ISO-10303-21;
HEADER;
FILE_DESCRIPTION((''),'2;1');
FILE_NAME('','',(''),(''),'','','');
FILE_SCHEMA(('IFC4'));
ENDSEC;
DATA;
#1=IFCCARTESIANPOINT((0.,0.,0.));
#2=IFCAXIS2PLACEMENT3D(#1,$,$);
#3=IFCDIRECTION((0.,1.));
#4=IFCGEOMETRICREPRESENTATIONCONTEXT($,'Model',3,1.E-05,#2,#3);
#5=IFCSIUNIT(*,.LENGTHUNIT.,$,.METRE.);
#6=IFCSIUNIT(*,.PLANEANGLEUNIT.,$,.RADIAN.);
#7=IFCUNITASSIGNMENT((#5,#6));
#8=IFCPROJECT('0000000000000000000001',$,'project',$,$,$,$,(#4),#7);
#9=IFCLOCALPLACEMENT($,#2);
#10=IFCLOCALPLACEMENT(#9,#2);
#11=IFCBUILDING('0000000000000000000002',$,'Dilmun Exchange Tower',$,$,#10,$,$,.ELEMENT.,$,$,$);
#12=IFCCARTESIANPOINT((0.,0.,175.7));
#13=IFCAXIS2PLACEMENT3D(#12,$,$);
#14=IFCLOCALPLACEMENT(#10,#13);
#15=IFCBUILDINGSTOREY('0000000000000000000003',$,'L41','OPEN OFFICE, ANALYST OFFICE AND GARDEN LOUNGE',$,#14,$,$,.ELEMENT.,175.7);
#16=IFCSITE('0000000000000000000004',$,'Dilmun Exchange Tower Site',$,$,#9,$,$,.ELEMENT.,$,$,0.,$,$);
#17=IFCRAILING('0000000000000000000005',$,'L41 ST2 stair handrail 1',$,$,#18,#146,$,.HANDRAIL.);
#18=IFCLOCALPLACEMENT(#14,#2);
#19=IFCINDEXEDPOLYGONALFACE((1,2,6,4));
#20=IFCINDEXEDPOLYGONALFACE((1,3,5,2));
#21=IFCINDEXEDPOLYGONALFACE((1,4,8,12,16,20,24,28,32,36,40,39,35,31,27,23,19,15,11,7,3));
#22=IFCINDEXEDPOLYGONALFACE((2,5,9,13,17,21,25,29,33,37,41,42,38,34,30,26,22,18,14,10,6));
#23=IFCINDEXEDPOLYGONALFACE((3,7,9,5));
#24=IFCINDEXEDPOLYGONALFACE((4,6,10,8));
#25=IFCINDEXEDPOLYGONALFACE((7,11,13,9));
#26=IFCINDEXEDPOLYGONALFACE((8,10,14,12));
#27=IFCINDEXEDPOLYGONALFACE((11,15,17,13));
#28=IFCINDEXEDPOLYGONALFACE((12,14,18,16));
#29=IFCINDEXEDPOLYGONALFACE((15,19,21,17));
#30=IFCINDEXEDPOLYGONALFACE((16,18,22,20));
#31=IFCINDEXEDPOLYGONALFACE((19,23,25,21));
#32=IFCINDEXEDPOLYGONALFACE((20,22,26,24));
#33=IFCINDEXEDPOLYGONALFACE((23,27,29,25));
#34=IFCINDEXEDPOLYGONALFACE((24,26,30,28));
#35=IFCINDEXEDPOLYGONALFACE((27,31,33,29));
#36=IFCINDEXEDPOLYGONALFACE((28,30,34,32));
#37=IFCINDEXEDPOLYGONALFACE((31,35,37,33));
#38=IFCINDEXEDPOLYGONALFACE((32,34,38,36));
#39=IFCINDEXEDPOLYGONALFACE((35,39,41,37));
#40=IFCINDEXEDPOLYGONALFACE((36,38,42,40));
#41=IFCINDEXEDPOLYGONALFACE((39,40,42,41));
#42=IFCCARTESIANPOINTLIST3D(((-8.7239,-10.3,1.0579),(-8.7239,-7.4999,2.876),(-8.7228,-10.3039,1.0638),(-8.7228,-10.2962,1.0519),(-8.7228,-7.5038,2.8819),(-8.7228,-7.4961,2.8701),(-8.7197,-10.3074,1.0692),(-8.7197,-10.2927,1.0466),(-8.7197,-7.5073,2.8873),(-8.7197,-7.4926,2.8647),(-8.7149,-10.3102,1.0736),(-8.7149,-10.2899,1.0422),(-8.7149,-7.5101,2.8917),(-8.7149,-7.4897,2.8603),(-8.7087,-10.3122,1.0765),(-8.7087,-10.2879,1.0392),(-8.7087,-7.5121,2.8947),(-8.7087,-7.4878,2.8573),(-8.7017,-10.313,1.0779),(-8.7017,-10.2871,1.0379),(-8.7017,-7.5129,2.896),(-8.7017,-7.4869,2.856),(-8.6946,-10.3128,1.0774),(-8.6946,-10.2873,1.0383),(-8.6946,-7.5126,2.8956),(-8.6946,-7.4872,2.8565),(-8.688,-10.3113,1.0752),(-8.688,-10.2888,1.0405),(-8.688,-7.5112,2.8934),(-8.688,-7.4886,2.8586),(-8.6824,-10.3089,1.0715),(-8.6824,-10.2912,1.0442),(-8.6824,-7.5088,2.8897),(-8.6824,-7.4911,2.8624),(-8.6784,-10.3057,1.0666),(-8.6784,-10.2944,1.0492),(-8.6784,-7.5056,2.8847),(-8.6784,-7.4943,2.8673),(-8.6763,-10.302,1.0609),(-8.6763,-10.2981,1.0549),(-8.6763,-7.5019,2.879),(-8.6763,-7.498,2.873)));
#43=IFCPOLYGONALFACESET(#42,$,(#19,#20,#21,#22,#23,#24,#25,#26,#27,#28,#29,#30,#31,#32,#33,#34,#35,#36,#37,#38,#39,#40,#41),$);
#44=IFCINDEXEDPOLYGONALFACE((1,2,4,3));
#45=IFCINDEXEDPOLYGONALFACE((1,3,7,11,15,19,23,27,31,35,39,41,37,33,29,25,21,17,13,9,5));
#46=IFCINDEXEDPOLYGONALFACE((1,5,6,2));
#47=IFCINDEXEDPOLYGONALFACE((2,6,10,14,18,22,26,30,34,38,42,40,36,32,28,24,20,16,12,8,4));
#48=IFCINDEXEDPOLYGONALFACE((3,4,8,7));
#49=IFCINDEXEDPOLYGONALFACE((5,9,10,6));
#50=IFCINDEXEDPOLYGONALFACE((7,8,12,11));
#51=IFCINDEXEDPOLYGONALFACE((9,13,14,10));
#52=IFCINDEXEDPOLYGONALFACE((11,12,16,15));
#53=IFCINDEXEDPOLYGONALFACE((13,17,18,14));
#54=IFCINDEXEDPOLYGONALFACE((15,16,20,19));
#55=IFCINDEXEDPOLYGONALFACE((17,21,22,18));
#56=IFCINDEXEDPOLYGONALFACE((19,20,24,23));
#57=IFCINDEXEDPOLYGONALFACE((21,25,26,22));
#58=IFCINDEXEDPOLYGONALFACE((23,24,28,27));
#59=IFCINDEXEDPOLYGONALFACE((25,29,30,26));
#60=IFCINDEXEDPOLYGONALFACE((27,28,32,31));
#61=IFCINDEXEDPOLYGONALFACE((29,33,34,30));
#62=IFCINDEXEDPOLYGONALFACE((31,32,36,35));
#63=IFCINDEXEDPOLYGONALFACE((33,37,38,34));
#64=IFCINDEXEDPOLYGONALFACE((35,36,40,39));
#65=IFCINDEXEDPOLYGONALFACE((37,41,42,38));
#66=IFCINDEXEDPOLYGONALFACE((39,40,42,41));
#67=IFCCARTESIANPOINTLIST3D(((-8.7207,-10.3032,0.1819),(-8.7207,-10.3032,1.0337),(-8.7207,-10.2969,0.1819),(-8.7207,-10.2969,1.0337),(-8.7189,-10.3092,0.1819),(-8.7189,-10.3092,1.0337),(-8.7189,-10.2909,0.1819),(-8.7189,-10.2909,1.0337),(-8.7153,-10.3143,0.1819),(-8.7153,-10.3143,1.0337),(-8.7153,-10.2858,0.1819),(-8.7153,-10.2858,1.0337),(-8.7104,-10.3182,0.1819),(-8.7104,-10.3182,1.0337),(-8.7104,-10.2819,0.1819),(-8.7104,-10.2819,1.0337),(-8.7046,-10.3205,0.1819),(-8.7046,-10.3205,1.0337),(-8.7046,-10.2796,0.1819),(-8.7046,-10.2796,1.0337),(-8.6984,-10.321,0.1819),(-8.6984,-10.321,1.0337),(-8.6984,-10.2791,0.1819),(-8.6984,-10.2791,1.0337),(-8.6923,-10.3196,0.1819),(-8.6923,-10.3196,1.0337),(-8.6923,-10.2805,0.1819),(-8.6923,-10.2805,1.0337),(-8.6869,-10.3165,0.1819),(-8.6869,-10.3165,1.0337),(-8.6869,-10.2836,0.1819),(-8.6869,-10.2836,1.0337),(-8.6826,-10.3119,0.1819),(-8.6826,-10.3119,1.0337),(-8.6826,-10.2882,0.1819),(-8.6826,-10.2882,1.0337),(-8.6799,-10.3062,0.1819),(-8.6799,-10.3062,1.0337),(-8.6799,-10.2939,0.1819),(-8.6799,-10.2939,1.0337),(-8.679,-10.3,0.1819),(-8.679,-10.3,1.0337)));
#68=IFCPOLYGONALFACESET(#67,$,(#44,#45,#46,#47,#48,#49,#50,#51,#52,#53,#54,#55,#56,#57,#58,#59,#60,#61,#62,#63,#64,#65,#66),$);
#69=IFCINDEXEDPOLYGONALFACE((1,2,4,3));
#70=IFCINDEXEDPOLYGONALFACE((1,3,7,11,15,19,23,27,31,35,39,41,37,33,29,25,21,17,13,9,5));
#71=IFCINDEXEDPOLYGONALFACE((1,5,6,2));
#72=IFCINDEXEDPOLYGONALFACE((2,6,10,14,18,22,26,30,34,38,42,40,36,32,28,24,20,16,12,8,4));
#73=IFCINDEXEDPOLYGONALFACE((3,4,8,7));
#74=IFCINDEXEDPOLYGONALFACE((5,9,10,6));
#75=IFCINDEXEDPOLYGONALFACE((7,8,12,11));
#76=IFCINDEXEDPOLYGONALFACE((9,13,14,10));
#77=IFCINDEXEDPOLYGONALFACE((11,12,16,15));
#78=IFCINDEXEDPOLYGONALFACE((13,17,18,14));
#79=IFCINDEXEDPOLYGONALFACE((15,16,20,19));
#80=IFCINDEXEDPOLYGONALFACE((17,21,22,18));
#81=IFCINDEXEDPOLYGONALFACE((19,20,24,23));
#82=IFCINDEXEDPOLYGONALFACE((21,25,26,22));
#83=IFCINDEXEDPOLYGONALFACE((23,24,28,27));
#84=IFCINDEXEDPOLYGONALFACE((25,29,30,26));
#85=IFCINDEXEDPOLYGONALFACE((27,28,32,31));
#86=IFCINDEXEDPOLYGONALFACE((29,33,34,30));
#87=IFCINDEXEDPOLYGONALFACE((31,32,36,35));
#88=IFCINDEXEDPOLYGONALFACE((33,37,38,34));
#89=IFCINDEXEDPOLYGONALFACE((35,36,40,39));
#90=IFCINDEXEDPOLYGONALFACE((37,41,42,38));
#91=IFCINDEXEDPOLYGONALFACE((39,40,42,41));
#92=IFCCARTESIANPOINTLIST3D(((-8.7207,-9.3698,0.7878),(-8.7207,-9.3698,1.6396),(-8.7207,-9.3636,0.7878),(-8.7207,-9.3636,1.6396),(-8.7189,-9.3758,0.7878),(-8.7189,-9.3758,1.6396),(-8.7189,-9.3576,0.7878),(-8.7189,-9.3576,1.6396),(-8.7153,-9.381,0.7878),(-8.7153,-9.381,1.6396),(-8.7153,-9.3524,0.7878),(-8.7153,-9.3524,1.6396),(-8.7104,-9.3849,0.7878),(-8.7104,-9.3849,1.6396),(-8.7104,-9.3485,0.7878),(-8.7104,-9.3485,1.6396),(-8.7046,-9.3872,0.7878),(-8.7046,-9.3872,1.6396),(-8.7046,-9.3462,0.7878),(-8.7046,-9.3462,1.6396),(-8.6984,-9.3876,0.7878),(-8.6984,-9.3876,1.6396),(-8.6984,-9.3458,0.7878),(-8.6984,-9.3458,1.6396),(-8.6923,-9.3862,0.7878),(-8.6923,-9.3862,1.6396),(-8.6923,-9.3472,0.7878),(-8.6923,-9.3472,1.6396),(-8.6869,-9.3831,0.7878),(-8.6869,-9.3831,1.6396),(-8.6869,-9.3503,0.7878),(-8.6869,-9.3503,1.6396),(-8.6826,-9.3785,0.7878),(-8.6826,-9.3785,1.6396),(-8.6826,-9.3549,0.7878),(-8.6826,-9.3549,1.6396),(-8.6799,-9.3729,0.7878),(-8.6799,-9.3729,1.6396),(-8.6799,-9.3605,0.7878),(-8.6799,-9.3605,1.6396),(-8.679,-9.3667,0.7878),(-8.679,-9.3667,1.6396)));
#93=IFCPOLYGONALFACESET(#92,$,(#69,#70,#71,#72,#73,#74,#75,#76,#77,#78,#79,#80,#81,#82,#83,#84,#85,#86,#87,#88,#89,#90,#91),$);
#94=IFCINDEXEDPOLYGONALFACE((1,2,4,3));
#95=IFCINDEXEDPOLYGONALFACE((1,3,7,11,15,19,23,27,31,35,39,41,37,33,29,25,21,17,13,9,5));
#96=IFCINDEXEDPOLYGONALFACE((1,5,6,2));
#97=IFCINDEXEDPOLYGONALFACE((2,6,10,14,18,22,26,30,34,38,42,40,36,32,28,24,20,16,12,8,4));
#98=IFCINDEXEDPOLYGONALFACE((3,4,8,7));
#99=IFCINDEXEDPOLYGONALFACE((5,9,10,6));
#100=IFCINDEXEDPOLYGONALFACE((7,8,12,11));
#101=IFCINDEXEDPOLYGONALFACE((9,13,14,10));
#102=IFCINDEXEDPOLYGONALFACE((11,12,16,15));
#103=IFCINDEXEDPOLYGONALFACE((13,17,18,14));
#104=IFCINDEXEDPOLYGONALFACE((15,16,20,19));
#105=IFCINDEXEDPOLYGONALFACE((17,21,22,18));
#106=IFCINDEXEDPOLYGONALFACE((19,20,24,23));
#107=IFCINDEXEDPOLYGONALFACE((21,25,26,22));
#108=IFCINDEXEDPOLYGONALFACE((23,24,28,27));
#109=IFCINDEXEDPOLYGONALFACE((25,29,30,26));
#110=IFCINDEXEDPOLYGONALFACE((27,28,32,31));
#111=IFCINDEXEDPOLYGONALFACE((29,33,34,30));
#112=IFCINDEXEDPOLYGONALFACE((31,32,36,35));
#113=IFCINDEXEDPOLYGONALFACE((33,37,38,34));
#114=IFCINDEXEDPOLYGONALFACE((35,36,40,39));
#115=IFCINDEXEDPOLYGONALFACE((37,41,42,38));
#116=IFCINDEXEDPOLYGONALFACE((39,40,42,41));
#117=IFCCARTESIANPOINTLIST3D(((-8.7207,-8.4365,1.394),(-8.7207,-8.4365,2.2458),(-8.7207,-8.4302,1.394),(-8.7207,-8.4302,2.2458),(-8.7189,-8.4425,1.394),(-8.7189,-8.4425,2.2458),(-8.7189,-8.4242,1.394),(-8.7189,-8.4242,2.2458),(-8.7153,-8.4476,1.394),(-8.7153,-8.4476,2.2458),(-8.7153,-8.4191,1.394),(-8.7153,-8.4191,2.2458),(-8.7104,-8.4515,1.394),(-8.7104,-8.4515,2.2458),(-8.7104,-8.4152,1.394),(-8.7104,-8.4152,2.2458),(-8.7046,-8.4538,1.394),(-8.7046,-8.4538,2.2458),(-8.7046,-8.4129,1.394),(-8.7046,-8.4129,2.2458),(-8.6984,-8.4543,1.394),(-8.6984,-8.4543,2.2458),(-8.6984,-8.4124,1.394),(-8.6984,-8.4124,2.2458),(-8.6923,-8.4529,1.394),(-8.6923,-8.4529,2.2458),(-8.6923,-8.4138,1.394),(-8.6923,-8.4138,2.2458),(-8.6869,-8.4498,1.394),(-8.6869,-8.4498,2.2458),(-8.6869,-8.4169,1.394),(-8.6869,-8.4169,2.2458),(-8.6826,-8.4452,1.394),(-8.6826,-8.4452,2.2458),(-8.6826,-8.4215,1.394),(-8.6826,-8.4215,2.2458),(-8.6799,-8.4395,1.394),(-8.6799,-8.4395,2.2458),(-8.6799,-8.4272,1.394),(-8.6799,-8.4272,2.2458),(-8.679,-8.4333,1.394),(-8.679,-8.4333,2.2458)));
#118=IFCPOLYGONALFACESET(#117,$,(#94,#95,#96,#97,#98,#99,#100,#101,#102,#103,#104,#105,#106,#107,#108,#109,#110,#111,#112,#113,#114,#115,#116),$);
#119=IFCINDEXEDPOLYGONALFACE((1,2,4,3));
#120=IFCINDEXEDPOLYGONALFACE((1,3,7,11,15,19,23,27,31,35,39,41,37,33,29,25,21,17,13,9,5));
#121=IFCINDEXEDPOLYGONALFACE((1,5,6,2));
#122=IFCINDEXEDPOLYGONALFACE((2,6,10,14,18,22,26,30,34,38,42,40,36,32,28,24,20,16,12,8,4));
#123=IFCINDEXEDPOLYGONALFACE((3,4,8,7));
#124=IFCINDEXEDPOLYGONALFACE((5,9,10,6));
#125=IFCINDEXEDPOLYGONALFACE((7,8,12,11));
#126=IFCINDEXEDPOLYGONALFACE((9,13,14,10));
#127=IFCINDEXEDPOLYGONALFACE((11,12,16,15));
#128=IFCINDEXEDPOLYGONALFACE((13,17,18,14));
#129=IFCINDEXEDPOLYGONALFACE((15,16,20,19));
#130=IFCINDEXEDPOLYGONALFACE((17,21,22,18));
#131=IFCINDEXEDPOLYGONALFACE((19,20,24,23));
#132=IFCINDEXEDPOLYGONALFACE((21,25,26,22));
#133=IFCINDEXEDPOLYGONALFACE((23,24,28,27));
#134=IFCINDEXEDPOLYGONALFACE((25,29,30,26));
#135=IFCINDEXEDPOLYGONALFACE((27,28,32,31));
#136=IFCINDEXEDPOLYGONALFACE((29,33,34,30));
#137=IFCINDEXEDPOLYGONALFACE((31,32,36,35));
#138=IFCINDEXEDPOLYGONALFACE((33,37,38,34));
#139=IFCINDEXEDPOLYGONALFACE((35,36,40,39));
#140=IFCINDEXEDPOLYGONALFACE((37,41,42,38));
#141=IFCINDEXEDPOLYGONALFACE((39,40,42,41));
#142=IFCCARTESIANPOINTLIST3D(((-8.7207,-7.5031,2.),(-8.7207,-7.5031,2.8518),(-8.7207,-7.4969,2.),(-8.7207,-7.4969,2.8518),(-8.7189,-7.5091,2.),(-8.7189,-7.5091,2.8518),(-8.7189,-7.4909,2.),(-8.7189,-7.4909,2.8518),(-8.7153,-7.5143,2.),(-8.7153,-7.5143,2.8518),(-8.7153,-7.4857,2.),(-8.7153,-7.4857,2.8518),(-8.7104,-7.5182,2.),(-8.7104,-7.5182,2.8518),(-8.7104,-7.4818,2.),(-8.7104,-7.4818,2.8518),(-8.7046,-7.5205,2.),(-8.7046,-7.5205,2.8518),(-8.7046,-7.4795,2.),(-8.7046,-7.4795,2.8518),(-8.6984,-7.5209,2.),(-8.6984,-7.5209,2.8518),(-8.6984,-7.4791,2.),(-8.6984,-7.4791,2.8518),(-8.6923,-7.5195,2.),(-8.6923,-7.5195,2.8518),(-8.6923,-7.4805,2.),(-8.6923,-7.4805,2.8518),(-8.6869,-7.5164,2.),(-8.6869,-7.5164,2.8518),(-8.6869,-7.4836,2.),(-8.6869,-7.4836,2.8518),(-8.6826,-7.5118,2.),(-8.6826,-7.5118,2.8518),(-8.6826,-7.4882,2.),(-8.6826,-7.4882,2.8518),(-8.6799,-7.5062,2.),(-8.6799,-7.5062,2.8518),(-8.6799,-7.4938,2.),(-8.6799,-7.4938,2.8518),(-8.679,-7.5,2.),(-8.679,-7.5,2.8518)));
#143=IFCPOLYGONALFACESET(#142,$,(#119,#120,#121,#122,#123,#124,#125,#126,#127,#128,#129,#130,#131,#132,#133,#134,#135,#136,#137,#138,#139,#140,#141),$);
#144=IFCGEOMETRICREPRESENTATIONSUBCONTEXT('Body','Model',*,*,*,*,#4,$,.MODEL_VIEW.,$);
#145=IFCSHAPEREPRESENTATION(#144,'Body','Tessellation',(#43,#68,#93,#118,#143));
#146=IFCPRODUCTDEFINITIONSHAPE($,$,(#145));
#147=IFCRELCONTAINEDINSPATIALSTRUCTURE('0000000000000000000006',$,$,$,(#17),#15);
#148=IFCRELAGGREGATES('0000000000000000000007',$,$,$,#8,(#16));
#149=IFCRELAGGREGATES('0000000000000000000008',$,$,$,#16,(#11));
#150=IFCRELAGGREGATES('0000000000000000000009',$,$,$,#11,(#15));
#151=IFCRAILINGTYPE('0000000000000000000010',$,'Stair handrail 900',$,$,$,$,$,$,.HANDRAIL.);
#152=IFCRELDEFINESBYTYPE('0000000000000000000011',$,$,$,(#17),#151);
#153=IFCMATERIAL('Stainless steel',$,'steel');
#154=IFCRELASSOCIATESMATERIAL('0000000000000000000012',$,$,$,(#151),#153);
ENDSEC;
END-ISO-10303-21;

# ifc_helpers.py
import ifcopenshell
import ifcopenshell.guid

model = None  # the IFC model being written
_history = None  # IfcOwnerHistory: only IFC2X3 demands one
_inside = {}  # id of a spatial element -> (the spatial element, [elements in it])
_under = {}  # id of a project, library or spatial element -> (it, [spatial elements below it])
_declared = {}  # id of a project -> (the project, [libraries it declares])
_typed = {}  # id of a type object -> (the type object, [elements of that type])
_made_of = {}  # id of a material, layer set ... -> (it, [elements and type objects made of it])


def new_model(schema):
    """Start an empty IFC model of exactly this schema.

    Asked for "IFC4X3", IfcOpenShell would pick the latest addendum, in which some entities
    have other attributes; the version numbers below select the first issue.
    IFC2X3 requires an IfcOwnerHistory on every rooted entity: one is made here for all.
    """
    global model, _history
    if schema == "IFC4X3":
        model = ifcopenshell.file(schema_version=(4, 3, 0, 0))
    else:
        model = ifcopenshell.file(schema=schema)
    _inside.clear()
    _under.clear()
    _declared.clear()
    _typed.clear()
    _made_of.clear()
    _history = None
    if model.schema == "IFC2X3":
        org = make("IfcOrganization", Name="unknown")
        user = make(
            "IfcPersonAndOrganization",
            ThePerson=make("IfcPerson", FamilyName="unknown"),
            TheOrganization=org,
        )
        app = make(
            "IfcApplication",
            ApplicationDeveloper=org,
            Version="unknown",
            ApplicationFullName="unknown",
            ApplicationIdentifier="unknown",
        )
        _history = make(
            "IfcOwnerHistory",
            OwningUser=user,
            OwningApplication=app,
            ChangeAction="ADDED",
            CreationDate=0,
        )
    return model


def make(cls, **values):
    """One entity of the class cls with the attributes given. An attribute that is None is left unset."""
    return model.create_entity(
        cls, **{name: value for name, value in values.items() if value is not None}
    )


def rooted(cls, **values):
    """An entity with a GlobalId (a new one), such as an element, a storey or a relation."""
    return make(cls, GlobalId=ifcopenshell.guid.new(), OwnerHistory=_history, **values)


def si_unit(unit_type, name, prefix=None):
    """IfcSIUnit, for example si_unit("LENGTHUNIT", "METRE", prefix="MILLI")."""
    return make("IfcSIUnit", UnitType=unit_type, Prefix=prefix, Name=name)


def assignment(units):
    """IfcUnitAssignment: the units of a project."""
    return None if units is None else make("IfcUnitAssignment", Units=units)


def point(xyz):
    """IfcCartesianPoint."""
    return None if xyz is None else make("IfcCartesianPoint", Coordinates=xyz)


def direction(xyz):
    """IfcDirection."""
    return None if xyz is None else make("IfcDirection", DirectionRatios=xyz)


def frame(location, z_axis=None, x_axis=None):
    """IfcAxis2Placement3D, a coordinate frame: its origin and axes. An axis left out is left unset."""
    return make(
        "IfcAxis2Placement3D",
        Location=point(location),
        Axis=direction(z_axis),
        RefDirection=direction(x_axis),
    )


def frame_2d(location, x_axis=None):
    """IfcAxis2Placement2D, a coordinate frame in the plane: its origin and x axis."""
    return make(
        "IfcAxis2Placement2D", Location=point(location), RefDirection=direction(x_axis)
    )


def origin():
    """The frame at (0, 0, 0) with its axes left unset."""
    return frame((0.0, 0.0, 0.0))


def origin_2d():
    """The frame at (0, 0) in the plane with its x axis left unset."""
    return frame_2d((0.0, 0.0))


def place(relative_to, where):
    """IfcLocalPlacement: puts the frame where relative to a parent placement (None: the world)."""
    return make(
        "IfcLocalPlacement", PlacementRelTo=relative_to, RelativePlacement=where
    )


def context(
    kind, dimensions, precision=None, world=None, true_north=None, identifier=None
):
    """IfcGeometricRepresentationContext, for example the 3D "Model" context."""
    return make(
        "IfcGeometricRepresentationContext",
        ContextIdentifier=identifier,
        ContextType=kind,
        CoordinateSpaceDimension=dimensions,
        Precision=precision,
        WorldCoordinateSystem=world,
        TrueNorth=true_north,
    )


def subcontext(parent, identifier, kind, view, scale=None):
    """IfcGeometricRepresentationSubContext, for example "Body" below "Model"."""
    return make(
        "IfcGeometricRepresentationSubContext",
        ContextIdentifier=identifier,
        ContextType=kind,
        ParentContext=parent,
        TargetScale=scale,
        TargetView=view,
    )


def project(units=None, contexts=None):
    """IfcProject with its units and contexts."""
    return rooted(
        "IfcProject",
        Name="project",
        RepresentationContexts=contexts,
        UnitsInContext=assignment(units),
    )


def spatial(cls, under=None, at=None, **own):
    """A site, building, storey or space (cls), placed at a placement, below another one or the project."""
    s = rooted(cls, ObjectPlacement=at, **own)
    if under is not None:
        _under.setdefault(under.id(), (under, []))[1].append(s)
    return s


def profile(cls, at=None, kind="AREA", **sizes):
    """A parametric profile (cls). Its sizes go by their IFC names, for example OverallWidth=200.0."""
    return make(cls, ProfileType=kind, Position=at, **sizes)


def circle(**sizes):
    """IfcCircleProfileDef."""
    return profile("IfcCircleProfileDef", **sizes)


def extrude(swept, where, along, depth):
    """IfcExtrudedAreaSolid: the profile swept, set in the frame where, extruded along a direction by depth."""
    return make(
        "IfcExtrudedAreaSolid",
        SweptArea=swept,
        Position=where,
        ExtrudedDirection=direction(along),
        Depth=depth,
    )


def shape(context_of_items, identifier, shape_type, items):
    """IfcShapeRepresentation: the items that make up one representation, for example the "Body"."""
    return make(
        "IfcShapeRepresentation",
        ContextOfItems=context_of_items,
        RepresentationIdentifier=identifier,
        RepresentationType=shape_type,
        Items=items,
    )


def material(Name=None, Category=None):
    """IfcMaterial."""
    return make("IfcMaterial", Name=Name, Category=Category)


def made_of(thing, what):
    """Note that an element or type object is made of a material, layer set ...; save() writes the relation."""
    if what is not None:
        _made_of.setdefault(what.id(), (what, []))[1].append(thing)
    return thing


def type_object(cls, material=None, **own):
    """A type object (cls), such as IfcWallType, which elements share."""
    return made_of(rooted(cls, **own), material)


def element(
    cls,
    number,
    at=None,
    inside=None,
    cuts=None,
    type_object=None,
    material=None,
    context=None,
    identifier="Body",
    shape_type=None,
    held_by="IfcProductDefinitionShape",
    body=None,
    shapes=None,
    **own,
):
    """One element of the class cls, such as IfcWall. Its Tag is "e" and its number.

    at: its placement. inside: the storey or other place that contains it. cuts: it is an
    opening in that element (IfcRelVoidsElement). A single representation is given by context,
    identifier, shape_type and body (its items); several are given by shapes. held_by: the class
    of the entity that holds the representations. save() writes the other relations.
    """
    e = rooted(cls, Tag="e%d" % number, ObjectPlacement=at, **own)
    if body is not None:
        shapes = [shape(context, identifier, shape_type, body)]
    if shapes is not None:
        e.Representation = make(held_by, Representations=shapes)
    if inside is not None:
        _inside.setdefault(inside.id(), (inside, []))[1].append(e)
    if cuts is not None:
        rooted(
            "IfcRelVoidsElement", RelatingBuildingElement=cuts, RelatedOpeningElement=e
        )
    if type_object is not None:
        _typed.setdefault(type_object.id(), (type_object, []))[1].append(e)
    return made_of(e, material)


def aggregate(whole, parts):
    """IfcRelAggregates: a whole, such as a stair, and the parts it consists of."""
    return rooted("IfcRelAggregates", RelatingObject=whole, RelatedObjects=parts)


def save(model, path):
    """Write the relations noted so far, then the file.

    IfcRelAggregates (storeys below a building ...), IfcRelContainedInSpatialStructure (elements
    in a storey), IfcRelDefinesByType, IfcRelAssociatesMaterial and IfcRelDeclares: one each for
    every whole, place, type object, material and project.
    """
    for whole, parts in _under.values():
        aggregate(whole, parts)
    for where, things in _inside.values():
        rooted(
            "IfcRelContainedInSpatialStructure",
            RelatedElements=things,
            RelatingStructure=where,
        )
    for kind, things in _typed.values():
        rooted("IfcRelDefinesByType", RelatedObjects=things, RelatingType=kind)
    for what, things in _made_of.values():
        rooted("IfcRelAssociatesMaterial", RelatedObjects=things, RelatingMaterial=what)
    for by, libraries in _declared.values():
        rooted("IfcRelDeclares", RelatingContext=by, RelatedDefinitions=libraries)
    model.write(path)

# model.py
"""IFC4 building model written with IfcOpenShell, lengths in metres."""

from ifc_helpers import new_model, si_unit, direction, frame, origin, origin_2d, place, context, subcontext, project, spatial, circle, extrude, material, type_object, element, save


model = new_model("IFC4")

# Units and contexts
model_context = context("Model", 3, precision=1e-05, world=origin(), true_north=direction((0.0, 1.0)))
body_context = subcontext(model_context, "Body", "Model", "MODEL_VIEW")
ifc_project = project(units=[si_unit("LENGTHUNIT", "METRE"), si_unit("PLANEANGLEUNIT", "RADIAN")], contexts=[model_context])

# Site, building, storey
site_placement = place(None, origin())
site = spatial("IfcSite", under=ifc_project, at=site_placement, Name="Dilmun Exchange Tower Site", CompositionType="ELEMENT", RefElevation=0.0)
building_placement = place(site_placement, origin())
building = spatial("IfcBuilding", under=site, at=building_placement, Name="Dilmun Exchange Tower", CompositionType="ELEMENT")
storey_placement = place(building_placement, frame((0.0, 0.0, 175.7)))
storey = spatial("IfcBuildingStorey", under=building, at=storey_placement, Name="L41", Description="OPEN OFFICE, ANALYST OFFICE AND GARDEN LOUNGE", CompositionType="ELEMENT", Elevation=175.7)

# Railing
ifc_material_1 = material(Name="Stainless steel", Category="steel")
railing_type = type_object("IfcRailingType", Name="Stair handrail 900", PredefinedType="HANDRAIL", material=ifc_material_1)
railing_placement = place(storey_placement, frame((-8.7, -10.3, 0.1819)))
element("IfcRailing", 1, at=railing_placement, inside=storey, type_object=railing_type, Name="L41 ST2 stair handrail 1", PredefinedType="HANDRAIL", context=body_context, shape_type="SweptSolid", body=[
    extrude(circle(Radius=0.0239, at=origin_2d()), frame((0.0, 0.0, 0.876), z_axis=(0.0, 0.838706, 0.544585), x_axis=(-1.0, 0.0, 0.0)), (0.0, 0.0, 1.0), 3.3386),
    extrude(circle(Radius=0.021, at=origin_2d()), origin(), (0.0, 0.0, 1.0), 0.8518),
    extrude(circle(Radius=0.021, at=origin_2d()), frame((0.0, 0.9333, 0.606)), (0.0, 0.0, 1.0), 0.8518),
    extrude(circle(Radius=0.021, at=origin_2d()), frame((0.0, 1.8667, 1.2122)), (0.0, 0.0, 1.0), 0.8518),
    extrude(circle(Radius=0.021, at=origin_2d()), frame((0.0, 2.8, 1.8181)), (0.0, 0.0, 1.0), 0.8518),
])

save(model, "model.ifc")
